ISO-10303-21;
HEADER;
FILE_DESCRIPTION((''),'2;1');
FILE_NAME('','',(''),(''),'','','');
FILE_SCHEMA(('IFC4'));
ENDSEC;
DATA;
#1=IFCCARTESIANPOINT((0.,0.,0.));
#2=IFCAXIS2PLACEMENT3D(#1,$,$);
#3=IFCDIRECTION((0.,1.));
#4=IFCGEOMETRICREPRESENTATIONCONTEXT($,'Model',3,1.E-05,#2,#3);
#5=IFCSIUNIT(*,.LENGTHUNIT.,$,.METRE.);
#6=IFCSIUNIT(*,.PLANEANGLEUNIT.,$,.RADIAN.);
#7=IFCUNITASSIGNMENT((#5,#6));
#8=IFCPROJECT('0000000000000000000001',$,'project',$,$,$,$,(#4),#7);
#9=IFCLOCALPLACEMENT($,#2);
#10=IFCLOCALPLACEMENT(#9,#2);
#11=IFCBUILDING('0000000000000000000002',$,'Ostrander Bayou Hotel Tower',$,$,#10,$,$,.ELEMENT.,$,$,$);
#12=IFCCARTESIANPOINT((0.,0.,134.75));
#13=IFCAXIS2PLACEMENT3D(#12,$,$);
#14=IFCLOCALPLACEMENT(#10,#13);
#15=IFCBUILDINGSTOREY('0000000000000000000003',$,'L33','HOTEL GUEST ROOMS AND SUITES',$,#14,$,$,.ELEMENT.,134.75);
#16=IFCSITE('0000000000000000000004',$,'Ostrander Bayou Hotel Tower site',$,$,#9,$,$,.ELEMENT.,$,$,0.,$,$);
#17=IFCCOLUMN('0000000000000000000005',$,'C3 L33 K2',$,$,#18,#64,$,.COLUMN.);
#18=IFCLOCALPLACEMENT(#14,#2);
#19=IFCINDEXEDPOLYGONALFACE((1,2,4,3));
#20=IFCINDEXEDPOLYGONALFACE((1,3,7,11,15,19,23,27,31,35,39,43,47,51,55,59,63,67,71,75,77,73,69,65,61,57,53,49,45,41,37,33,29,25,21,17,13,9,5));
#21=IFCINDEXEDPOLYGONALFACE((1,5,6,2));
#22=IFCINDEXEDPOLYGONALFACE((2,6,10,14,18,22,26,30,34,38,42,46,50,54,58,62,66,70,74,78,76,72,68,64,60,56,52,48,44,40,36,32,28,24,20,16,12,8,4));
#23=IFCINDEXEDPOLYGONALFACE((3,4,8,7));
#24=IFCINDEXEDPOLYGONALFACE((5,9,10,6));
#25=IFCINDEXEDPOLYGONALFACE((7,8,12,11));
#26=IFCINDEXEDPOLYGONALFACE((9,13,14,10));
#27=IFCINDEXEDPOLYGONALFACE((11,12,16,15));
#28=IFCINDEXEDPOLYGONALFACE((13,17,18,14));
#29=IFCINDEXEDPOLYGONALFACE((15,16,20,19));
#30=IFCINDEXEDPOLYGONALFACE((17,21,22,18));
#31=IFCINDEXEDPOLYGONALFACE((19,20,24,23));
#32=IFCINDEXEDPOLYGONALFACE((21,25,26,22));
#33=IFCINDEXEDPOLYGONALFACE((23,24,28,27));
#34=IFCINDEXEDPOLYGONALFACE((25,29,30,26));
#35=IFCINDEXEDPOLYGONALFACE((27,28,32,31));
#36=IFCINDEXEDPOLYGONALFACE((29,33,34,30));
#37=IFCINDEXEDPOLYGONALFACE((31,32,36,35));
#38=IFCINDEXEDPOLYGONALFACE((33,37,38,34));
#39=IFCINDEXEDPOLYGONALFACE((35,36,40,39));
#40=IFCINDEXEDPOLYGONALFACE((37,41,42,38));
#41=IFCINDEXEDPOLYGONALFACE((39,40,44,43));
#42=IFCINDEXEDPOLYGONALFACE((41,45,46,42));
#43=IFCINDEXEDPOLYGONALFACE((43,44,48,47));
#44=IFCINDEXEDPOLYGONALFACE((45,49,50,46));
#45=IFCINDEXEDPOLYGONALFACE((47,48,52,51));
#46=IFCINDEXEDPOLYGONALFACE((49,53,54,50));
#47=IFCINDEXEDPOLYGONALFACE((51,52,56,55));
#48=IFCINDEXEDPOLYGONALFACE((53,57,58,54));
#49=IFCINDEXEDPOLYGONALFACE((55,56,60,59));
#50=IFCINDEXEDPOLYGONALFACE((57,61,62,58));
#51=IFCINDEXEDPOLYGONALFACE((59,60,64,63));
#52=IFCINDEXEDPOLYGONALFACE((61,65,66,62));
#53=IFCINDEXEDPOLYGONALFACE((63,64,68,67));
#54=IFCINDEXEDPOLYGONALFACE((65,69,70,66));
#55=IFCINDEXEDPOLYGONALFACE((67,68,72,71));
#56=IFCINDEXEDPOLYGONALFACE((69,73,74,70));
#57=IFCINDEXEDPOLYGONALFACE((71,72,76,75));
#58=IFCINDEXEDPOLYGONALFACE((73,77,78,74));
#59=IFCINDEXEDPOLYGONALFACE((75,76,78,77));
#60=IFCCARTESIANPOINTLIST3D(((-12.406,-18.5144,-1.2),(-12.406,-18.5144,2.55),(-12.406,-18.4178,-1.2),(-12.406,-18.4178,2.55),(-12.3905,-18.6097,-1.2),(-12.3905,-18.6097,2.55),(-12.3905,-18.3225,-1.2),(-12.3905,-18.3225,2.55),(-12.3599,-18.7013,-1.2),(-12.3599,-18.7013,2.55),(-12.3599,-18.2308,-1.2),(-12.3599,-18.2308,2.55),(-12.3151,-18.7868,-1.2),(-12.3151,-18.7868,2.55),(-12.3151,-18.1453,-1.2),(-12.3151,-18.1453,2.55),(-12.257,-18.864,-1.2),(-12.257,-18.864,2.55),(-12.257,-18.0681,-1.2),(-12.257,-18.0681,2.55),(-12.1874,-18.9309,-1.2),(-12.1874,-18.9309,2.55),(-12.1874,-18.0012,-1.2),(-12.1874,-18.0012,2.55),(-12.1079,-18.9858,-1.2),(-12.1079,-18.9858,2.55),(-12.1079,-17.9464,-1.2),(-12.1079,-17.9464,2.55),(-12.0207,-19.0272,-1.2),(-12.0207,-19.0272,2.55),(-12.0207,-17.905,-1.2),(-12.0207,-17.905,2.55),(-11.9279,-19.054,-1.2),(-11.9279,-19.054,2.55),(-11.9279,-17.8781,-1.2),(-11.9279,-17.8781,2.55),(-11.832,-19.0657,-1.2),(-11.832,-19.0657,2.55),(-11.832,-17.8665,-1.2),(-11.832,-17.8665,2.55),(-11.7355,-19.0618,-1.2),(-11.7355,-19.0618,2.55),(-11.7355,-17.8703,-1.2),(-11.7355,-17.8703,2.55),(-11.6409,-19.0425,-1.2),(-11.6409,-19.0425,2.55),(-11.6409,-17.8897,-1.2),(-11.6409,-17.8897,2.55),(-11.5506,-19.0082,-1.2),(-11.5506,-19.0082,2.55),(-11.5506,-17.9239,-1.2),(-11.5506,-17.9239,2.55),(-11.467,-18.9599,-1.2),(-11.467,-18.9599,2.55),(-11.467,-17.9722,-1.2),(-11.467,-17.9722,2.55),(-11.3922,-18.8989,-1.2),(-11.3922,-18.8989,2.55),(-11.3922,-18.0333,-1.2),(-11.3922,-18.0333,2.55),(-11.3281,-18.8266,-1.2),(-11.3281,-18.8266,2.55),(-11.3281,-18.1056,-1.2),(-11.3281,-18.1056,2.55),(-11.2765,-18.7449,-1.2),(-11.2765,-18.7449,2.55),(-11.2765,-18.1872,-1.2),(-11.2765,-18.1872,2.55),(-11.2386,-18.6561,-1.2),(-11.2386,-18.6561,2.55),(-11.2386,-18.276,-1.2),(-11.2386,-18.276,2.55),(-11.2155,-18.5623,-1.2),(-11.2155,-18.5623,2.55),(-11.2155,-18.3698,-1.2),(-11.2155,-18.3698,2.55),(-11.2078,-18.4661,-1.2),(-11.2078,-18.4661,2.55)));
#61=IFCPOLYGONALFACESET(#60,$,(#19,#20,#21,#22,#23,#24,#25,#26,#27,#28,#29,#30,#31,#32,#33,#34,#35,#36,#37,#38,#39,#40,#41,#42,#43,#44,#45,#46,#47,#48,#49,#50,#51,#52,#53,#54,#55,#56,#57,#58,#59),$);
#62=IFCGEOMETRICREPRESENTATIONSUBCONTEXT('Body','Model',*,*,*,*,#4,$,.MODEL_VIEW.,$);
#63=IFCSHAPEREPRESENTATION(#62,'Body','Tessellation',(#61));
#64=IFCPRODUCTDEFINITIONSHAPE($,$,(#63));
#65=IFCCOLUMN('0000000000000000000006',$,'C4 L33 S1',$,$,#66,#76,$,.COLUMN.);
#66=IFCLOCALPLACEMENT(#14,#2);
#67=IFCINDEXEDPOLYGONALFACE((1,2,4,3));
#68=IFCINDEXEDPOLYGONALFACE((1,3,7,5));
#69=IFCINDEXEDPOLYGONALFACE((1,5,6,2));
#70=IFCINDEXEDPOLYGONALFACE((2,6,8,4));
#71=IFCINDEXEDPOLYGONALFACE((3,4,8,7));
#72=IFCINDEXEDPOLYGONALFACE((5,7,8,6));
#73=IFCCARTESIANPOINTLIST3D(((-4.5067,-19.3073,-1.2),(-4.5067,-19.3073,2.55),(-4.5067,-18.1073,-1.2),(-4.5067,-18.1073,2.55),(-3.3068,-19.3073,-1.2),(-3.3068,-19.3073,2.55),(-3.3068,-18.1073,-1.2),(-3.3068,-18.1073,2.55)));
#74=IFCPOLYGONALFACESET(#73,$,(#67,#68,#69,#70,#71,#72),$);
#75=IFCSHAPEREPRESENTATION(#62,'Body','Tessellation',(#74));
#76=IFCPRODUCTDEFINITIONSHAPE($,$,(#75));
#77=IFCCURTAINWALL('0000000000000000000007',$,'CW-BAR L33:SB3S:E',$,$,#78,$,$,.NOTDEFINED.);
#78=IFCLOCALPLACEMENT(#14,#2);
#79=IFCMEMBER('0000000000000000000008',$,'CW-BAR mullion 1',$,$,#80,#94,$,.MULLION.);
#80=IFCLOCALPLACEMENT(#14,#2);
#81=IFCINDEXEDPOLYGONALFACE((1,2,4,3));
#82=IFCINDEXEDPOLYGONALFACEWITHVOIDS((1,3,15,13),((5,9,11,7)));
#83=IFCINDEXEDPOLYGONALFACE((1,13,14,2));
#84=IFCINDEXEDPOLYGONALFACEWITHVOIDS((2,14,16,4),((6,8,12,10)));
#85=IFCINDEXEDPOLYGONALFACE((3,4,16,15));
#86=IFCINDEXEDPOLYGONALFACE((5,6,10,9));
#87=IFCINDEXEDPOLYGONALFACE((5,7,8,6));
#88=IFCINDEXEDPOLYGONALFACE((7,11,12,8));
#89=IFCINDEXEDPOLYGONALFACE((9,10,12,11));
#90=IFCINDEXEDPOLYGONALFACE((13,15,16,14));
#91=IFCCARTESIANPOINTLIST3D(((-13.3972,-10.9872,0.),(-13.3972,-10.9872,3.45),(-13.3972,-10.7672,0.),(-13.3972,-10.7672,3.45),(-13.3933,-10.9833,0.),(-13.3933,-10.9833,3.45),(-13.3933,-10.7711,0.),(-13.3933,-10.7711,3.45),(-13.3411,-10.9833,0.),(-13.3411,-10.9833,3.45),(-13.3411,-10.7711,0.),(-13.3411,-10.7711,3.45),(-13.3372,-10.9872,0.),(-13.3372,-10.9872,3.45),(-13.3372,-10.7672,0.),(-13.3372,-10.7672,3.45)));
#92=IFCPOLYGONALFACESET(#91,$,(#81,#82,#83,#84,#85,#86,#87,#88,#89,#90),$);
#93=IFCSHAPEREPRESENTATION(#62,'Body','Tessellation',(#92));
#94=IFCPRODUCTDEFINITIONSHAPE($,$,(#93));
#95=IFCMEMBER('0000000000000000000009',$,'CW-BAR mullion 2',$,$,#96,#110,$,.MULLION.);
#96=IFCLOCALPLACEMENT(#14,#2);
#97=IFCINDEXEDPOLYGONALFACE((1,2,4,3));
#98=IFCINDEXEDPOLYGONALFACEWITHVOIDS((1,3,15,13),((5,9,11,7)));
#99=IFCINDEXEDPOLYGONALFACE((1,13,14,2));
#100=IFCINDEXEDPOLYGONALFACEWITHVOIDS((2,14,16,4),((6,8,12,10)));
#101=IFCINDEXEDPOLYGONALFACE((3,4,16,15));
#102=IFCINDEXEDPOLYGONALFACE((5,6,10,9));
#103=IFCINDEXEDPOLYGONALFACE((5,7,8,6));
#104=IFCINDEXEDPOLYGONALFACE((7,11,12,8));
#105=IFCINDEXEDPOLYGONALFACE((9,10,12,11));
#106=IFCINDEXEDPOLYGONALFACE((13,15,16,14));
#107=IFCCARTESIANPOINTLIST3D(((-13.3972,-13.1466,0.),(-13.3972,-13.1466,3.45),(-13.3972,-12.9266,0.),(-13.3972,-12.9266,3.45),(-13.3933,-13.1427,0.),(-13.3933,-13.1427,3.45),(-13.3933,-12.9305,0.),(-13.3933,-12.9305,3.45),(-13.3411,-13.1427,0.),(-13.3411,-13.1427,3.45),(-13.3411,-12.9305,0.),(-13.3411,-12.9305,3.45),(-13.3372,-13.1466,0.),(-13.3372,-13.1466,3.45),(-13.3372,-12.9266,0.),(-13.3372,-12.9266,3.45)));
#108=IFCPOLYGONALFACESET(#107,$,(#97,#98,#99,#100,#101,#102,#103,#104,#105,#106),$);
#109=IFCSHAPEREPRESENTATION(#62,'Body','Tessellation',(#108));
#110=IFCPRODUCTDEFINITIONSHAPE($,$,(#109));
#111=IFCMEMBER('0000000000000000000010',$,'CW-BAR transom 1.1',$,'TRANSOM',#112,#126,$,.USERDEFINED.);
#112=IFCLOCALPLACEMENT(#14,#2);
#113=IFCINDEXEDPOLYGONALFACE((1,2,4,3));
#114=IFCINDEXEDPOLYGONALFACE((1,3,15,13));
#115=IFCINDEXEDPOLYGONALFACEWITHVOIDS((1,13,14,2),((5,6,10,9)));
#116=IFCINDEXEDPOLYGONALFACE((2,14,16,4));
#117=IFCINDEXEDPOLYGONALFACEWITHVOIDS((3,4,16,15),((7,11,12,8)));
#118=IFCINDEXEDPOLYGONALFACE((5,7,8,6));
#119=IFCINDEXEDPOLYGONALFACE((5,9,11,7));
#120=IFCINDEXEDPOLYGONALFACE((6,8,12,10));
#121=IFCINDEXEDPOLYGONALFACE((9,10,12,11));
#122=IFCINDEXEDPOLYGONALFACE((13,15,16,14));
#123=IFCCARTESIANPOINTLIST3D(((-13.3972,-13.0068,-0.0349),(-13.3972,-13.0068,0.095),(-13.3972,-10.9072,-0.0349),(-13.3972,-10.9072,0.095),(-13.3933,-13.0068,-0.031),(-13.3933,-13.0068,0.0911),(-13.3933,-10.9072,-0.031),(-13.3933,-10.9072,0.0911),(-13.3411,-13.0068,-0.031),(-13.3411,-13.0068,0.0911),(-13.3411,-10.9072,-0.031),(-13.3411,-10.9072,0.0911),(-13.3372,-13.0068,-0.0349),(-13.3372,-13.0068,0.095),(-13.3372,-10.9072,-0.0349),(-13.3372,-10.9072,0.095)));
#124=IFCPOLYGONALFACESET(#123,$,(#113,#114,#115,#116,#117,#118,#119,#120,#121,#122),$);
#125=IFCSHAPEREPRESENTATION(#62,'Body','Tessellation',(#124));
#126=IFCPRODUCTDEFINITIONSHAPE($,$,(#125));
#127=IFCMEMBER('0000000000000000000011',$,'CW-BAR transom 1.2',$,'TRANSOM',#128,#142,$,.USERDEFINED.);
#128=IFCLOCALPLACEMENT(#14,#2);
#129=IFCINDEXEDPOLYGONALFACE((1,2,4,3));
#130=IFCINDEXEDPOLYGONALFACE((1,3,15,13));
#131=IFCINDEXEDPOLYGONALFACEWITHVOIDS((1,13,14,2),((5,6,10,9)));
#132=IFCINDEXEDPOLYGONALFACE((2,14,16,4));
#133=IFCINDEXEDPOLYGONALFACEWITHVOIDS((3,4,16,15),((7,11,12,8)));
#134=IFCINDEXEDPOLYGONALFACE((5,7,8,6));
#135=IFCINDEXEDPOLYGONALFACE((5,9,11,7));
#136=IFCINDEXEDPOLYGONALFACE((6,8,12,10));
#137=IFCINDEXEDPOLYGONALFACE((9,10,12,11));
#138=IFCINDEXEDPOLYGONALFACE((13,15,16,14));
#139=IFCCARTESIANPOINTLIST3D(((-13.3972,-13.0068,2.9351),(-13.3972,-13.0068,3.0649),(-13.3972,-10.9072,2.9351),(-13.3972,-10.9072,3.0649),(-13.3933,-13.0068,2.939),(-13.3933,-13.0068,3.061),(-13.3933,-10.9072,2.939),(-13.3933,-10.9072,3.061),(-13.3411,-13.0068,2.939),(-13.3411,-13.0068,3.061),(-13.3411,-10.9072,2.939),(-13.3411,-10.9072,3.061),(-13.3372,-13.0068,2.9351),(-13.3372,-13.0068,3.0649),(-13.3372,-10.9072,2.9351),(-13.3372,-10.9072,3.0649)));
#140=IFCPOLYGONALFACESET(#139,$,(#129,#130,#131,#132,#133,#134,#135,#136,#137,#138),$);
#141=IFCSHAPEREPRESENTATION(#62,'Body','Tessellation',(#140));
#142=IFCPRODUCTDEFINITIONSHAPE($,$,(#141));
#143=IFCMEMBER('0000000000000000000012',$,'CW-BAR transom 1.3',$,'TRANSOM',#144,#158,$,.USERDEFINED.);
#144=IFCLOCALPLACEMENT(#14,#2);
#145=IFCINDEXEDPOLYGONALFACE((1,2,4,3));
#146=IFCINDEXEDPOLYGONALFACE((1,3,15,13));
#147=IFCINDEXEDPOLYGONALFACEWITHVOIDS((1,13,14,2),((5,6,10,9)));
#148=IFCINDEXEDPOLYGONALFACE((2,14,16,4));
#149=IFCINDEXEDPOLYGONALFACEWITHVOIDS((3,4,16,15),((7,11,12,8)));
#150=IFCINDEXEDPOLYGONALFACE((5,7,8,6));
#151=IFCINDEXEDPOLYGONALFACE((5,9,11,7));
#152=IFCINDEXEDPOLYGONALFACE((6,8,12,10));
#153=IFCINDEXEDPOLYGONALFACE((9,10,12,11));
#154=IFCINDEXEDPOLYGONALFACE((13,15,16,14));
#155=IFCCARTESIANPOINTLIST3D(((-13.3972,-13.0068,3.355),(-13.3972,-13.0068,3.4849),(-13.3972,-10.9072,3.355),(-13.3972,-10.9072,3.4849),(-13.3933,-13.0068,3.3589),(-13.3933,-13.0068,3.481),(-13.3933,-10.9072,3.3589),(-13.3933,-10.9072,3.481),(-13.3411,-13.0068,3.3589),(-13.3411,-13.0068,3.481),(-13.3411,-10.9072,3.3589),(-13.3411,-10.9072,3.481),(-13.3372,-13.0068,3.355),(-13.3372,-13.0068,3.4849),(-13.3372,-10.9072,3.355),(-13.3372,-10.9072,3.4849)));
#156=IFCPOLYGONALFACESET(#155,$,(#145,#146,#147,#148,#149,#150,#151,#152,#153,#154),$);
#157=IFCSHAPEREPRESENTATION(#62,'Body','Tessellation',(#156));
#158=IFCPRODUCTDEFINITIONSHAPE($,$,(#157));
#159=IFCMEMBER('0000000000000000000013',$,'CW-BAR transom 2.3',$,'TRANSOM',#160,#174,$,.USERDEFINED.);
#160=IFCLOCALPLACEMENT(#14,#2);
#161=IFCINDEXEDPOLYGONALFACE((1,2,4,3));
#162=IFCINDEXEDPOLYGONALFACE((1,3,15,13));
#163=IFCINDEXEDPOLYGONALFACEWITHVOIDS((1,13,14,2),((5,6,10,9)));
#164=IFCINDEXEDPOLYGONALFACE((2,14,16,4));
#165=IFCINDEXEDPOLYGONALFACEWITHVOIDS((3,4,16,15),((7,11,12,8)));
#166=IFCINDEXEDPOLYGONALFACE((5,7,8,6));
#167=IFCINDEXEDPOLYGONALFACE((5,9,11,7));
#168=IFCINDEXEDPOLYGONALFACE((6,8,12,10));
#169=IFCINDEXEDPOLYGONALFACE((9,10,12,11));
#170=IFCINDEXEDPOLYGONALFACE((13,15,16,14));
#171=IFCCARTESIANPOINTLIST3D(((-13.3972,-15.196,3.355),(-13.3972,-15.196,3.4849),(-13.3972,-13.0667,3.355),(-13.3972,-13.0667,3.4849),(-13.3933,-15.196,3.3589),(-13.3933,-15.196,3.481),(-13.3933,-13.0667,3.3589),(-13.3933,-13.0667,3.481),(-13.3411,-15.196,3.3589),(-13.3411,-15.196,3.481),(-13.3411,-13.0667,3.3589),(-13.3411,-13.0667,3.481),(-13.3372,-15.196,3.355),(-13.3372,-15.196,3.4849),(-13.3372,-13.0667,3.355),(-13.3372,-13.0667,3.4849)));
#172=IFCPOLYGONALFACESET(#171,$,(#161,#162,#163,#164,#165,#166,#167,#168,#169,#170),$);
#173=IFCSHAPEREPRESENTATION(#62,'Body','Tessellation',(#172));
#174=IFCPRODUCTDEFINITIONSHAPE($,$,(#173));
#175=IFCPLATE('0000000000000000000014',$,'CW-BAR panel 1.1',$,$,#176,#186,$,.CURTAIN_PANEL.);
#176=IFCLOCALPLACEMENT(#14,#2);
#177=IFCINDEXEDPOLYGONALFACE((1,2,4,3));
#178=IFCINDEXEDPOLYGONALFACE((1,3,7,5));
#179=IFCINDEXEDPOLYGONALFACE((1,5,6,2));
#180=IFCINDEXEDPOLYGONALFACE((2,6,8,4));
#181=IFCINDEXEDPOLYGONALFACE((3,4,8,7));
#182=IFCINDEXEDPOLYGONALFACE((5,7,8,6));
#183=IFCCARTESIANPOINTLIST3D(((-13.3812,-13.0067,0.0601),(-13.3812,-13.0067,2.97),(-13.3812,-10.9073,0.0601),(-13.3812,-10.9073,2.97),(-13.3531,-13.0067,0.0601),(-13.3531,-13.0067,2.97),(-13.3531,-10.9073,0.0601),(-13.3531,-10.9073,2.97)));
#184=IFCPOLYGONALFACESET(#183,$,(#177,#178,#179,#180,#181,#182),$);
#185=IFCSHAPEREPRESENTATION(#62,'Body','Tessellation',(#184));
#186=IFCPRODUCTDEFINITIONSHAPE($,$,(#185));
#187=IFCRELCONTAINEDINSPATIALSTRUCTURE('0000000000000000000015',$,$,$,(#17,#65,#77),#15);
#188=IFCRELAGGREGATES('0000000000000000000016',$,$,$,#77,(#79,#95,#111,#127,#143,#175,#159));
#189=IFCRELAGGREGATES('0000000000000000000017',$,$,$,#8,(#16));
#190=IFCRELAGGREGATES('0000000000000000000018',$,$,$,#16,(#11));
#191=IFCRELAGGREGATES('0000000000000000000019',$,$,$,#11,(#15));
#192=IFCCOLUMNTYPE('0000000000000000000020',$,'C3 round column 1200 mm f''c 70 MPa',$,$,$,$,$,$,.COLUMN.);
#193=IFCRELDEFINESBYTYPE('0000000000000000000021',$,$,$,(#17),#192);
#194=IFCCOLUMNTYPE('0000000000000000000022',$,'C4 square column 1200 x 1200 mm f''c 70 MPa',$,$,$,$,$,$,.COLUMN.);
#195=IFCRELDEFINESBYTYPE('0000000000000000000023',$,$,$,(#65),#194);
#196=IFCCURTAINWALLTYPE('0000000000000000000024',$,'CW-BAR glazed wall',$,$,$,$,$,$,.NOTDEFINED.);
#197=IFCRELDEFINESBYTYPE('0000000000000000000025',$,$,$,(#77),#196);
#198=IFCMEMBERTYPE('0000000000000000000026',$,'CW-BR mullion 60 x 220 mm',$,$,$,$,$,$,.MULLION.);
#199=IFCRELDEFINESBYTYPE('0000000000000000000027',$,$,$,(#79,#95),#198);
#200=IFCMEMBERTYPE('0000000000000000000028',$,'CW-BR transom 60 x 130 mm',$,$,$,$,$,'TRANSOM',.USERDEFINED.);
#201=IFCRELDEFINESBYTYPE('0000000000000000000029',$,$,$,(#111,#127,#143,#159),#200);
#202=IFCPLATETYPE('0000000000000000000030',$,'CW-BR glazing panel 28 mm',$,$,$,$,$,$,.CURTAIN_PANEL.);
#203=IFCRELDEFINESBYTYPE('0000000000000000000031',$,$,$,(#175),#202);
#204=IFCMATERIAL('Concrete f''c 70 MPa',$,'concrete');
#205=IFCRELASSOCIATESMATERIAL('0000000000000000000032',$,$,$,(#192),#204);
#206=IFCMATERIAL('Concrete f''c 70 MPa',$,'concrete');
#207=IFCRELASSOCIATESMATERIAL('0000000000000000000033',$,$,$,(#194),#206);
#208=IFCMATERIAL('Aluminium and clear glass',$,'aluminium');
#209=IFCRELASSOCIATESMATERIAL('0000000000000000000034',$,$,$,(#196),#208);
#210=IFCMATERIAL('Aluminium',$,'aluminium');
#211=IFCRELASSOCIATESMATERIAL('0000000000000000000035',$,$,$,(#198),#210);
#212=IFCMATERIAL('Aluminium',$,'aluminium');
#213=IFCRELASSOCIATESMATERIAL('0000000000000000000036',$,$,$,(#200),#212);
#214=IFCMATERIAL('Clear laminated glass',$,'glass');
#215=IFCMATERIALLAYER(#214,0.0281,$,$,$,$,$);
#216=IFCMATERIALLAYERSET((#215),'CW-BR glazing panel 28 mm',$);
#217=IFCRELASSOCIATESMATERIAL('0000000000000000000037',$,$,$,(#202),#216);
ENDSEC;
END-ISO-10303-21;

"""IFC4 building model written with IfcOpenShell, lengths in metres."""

from ifc_helpers import new_model, si_unit, direction, frame, origin, origin_2d, place, context, subcontext, project, spatial, rectangle, hollow_rectangle, circle, extrude, material, layer, layer_set, material_profile, profile_set, type_object, element, aggregate, save


model = new_model("IFC4")

# Units and contexts
model_context = context("Model", 3, precision=1e-05, world=origin(), true_north=direction((0.0, 1.0)))
body_context = subcontext(model_context, "Body", "Model", "MODEL_VIEW")
ifc_project = project(units=[si_unit("LENGTHUNIT", "METRE"), si_unit("PLANEANGLEUNIT", "RADIAN")], contexts=[model_context])

# Site, building, storey
site_placement = place(None, origin())
site = spatial("IfcSite", under=ifc_project, at=site_placement, Name="Ostrander Bayou Hotel Tower site", CompositionType="ELEMENT", RefElevation=0.0)
building_placement = place(site_placement, origin())
building = spatial("IfcBuilding", under=site, at=building_placement, Name="Ostrander Bayou Hotel Tower", CompositionType="ELEMENT")
storey_placement = place(building_placement, frame((0.0, 0.0, 134.75)))
storey = spatial("IfcBuildingStorey", under=building, at=storey_placement, Name="L33", Description="HOTEL GUEST ROOMS AND SUITES", CompositionType="ELEMENT", Elevation=134.75)

# Columns
ifc_material_1 = material(Name="Concrete f'c 70 MPa", Category="concrete")
ifc_material_profile_1 = material_profile(ifc_material_1, circle(Radius=0.6001, at=origin_2d()))
ifc_profile_set_1 = profile_set([ifc_material_profile_1], Name="Concrete f'c 70 MPa")
column_type_1 = type_object("IfcColumnType", Name="C3 round column 1200 mm f'c 70 MPa", PredefinedType="COLUMN", material=ifc_profile_set_1)
column_1_placement = place(storey_placement, frame((-11.8079, -18.4661, -1.2), z_axis=(0.0, 0.0, 1.0), x_axis=(1.0, 0.0, 0.0)))
element("IfcColumn", 1, at=column_1_placement, inside=storey, type_object=column_type_1, Name="C3 L33 K2", PredefinedType="COLUMN", context=body_context, shape_type="SweptSolid", body=[
    extrude(circle(Radius=0.6001, at=origin_2d()), origin(), (0.0, 0.0, 1.0), 3.75),
])
ifc_material_2 = material(Name="Concrete f'c 70 MPa", Category="concrete")
ifc_material_profile_2 = material_profile(ifc_material_2, rectangle(XDim=1.2, YDim=1.2, at=origin_2d()))
ifc_profile_set_2 = profile_set([ifc_material_profile_2], Name="Concrete f'c 70 MPa")
column_type_2 = type_object("IfcColumnType", Name="C4 square column 1200 x 1200 mm f'c 70 MPa", PredefinedType="COLUMN", material=ifc_profile_set_2)
column_2_placement = place(storey_placement, frame((-3.9067, -18.7073, -1.2), z_axis=(0.0, 0.0, 1.0), x_axis=(-1.0, 0.0, 0.0)))
element("IfcColumn", 2, at=column_2_placement, inside=storey, type_object=column_type_2, Name="C4 L33 S1", PredefinedType="COLUMN", context=body_context, shape_type="SweptSolid", body=[
    extrude(rectangle(XDim=1.2, YDim=1.2, at=origin_2d()), origin(), (0.0, 0.0, 1.0), 3.75),
])

# Curtain wall, members, plate
ifc_material_3 = material(Name="Aluminium and clear glass", Category="aluminium")
curtain_wall_type = type_object("IfcCurtainWallType", Name="CW-BAR glazed wall", PredefinedType="NOTDEFINED", material=ifc_material_3)
curtain_wall_placement = place(storey_placement, origin())
curtain_wall = element("IfcCurtainWall", 3, at=curtain_wall_placement, inside=storey, type_object=curtain_wall_type, Name="CW-BAR L33:SB3S:E", PredefinedType="NOTDEFINED")
ifc_material_4 = material(Name="Aluminium", Category="aluminium")
ifc_material_profile_3 = material_profile(ifc_material_4, hollow_rectangle(XDim=0.0601, YDim=0.22, WallThickness=0.0039, at=origin_2d()))
ifc_profile_set_3 = profile_set([ifc_material_profile_3], Name="Aluminium")
member_type_1 = type_object("IfcMemberType", Name="CW-BR mullion 60 x 220 mm", PredefinedType="MULLION", material=ifc_profile_set_3)
member_1_placement = place(storey_placement, frame((-13.3672, -10.8772, 0.0), z_axis=(0.0, 0.0, 1.0), x_axis=(1.0, 0.0, 0.0)))
member_1 = element("IfcMember", 4, at=member_1_placement, type_object=member_type_1, Name="CW-BAR mullion 1", PredefinedType="MULLION", context=body_context, shape_type="SweptSolid", body=[
    extrude(hollow_rectangle(XDim=0.0601, YDim=0.22, WallThickness=0.0039, at=origin_2d()), origin(), (0.0, 0.0, 1.0), 3.45),
])
member_2_placement = place(storey_placement, frame((-13.3672, -13.0366, 0.0), z_axis=(0.0, 0.0, 1.0), x_axis=(1.0, 0.0, 0.0)))
member_2 = element("IfcMember", 5, at=member_2_placement, type_object=member_type_1, Name="CW-BAR mullion 2", PredefinedType="MULLION", context=body_context, shape_type="SweptSolid", body=[
    extrude(hollow_rectangle(XDim=0.0601, YDim=0.22, WallThickness=0.0039, at=origin_2d()), origin(), (0.0, 0.0, 1.0), 3.45),
])
ifc_material_5 = material(Name="Aluminium", Category="aluminium")
ifc_material_profile_4 = material_profile(ifc_material_5, hollow_rectangle(XDim=0.0601, YDim=0.1299, WallThickness=0.0039, at=origin_2d()))
ifc_profile_set_4 = profile_set([ifc_material_profile_4], Name="Aluminium")
member_type_2 = type_object("IfcMemberType", Name="CW-BR transom 60 x 130 mm", ElementType="TRANSOM", PredefinedType="USERDEFINED", material=ifc_profile_set_4)
member_3_placement = place(storey_placement, frame((-13.3672, -10.9072, 0.03), z_axis=(0.0, -1.0, 0.0), x_axis=(1.0, 0.0, 0.0)))
member_3 = element("IfcMember", 6, at=member_3_placement, type_object=member_type_2, Name="CW-BAR transom 1.1", ObjectType="TRANSOM", PredefinedType="USERDEFINED", context=body_context, shape_type="SweptSolid", body=[
    extrude(hollow_rectangle(XDim=0.0601, YDim=0.1299, WallThickness=0.0039, at=origin_2d()), origin(), (0.0, 0.0, 1.0), 2.0996),
])
member_4_placement = place(storey_placement, frame((-13.3672, -10.9072, 3.0), z_axis=(0.0, -1.0, 0.0), x_axis=(1.0, 0.0, 0.0)))
member_4 = element("IfcMember", 7, at=member_4_placement, type_object=member_type_2, Name="CW-BAR transom 1.2", ObjectType="TRANSOM", PredefinedType="USERDEFINED", context=body_context, shape_type="SweptSolid", body=[
    extrude(hollow_rectangle(XDim=0.0601, YDim=0.1299, WallThickness=0.0039, at=origin_2d()), origin(), (0.0, 0.0, 1.0), 2.0996),
])
member_5_placement = place(storey_placement, frame((-13.3672, -10.9072, 3.4199), z_axis=(0.0, -1.0, 0.0), x_axis=(1.0, 0.0, 0.0)))
member_5 = element("IfcMember", 8, at=member_5_placement, type_object=member_type_2, Name="CW-BAR transom 1.3", ObjectType="TRANSOM", PredefinedType="USERDEFINED", context=body_context, shape_type="SweptSolid", body=[
    extrude(hollow_rectangle(XDim=0.0601, YDim=0.1299, WallThickness=0.0039, at=origin_2d()), origin(), (0.0, 0.0, 1.0), 2.0996),
])
member_6_placement = place(storey_placement, frame((-13.3672, -13.0667, 3.4199), z_axis=(0.0, -1.0, 0.0), x_axis=(1.0, 0.0, 0.0)))
member_6 = element("IfcMember", 9, at=member_6_placement, type_object=member_type_2, Name="CW-BAR transom 2.3", ObjectType="TRANSOM", PredefinedType="USERDEFINED", context=body_context, shape_type="SweptSolid", body=[
    extrude(hollow_rectangle(XDim=0.0601, YDim=0.1299, WallThickness=0.0039, at=origin_2d()), origin(), (0.0, 0.0, 1.0), 2.1294),
])
ifc_material_6 = material(Name="Clear laminated glass", Category="glass")
ifc_layer_1 = layer(ifc_material_6, 0.0281)
ifc_layer_set_1 = layer_set([ifc_layer_1], Name="CW-BR glazing panel 28 mm")
plate_type = type_object("IfcPlateType", Name="CW-BR glazing panel 28 mm", PredefinedType="CURTAIN_PANEL", material=ifc_layer_set_1)
plate_1_placement = place(storey_placement, frame((-13.3672, -11.957, 0.0601), z_axis=(0.0, 0.0, 1.0), x_axis=(0.0, -1.0, 0.0)))
plate_1 = element("IfcPlate", 10, at=plate_1_placement, type_object=plate_type, Name="CW-BAR panel 1.1", PredefinedType="CURTAIN_PANEL", context=body_context, shape_type="SweptSolid", body=[
    extrude(rectangle(XDim=2.0994, YDim=0.0281, at=origin_2d()), origin(), (0.0, 0.0, 1.0), 2.9099),
])
aggregate(curtain_wall, [member_1, member_2, member_3, member_4, member_5, plate_1, member_6])

save(model, "model.ifc")
